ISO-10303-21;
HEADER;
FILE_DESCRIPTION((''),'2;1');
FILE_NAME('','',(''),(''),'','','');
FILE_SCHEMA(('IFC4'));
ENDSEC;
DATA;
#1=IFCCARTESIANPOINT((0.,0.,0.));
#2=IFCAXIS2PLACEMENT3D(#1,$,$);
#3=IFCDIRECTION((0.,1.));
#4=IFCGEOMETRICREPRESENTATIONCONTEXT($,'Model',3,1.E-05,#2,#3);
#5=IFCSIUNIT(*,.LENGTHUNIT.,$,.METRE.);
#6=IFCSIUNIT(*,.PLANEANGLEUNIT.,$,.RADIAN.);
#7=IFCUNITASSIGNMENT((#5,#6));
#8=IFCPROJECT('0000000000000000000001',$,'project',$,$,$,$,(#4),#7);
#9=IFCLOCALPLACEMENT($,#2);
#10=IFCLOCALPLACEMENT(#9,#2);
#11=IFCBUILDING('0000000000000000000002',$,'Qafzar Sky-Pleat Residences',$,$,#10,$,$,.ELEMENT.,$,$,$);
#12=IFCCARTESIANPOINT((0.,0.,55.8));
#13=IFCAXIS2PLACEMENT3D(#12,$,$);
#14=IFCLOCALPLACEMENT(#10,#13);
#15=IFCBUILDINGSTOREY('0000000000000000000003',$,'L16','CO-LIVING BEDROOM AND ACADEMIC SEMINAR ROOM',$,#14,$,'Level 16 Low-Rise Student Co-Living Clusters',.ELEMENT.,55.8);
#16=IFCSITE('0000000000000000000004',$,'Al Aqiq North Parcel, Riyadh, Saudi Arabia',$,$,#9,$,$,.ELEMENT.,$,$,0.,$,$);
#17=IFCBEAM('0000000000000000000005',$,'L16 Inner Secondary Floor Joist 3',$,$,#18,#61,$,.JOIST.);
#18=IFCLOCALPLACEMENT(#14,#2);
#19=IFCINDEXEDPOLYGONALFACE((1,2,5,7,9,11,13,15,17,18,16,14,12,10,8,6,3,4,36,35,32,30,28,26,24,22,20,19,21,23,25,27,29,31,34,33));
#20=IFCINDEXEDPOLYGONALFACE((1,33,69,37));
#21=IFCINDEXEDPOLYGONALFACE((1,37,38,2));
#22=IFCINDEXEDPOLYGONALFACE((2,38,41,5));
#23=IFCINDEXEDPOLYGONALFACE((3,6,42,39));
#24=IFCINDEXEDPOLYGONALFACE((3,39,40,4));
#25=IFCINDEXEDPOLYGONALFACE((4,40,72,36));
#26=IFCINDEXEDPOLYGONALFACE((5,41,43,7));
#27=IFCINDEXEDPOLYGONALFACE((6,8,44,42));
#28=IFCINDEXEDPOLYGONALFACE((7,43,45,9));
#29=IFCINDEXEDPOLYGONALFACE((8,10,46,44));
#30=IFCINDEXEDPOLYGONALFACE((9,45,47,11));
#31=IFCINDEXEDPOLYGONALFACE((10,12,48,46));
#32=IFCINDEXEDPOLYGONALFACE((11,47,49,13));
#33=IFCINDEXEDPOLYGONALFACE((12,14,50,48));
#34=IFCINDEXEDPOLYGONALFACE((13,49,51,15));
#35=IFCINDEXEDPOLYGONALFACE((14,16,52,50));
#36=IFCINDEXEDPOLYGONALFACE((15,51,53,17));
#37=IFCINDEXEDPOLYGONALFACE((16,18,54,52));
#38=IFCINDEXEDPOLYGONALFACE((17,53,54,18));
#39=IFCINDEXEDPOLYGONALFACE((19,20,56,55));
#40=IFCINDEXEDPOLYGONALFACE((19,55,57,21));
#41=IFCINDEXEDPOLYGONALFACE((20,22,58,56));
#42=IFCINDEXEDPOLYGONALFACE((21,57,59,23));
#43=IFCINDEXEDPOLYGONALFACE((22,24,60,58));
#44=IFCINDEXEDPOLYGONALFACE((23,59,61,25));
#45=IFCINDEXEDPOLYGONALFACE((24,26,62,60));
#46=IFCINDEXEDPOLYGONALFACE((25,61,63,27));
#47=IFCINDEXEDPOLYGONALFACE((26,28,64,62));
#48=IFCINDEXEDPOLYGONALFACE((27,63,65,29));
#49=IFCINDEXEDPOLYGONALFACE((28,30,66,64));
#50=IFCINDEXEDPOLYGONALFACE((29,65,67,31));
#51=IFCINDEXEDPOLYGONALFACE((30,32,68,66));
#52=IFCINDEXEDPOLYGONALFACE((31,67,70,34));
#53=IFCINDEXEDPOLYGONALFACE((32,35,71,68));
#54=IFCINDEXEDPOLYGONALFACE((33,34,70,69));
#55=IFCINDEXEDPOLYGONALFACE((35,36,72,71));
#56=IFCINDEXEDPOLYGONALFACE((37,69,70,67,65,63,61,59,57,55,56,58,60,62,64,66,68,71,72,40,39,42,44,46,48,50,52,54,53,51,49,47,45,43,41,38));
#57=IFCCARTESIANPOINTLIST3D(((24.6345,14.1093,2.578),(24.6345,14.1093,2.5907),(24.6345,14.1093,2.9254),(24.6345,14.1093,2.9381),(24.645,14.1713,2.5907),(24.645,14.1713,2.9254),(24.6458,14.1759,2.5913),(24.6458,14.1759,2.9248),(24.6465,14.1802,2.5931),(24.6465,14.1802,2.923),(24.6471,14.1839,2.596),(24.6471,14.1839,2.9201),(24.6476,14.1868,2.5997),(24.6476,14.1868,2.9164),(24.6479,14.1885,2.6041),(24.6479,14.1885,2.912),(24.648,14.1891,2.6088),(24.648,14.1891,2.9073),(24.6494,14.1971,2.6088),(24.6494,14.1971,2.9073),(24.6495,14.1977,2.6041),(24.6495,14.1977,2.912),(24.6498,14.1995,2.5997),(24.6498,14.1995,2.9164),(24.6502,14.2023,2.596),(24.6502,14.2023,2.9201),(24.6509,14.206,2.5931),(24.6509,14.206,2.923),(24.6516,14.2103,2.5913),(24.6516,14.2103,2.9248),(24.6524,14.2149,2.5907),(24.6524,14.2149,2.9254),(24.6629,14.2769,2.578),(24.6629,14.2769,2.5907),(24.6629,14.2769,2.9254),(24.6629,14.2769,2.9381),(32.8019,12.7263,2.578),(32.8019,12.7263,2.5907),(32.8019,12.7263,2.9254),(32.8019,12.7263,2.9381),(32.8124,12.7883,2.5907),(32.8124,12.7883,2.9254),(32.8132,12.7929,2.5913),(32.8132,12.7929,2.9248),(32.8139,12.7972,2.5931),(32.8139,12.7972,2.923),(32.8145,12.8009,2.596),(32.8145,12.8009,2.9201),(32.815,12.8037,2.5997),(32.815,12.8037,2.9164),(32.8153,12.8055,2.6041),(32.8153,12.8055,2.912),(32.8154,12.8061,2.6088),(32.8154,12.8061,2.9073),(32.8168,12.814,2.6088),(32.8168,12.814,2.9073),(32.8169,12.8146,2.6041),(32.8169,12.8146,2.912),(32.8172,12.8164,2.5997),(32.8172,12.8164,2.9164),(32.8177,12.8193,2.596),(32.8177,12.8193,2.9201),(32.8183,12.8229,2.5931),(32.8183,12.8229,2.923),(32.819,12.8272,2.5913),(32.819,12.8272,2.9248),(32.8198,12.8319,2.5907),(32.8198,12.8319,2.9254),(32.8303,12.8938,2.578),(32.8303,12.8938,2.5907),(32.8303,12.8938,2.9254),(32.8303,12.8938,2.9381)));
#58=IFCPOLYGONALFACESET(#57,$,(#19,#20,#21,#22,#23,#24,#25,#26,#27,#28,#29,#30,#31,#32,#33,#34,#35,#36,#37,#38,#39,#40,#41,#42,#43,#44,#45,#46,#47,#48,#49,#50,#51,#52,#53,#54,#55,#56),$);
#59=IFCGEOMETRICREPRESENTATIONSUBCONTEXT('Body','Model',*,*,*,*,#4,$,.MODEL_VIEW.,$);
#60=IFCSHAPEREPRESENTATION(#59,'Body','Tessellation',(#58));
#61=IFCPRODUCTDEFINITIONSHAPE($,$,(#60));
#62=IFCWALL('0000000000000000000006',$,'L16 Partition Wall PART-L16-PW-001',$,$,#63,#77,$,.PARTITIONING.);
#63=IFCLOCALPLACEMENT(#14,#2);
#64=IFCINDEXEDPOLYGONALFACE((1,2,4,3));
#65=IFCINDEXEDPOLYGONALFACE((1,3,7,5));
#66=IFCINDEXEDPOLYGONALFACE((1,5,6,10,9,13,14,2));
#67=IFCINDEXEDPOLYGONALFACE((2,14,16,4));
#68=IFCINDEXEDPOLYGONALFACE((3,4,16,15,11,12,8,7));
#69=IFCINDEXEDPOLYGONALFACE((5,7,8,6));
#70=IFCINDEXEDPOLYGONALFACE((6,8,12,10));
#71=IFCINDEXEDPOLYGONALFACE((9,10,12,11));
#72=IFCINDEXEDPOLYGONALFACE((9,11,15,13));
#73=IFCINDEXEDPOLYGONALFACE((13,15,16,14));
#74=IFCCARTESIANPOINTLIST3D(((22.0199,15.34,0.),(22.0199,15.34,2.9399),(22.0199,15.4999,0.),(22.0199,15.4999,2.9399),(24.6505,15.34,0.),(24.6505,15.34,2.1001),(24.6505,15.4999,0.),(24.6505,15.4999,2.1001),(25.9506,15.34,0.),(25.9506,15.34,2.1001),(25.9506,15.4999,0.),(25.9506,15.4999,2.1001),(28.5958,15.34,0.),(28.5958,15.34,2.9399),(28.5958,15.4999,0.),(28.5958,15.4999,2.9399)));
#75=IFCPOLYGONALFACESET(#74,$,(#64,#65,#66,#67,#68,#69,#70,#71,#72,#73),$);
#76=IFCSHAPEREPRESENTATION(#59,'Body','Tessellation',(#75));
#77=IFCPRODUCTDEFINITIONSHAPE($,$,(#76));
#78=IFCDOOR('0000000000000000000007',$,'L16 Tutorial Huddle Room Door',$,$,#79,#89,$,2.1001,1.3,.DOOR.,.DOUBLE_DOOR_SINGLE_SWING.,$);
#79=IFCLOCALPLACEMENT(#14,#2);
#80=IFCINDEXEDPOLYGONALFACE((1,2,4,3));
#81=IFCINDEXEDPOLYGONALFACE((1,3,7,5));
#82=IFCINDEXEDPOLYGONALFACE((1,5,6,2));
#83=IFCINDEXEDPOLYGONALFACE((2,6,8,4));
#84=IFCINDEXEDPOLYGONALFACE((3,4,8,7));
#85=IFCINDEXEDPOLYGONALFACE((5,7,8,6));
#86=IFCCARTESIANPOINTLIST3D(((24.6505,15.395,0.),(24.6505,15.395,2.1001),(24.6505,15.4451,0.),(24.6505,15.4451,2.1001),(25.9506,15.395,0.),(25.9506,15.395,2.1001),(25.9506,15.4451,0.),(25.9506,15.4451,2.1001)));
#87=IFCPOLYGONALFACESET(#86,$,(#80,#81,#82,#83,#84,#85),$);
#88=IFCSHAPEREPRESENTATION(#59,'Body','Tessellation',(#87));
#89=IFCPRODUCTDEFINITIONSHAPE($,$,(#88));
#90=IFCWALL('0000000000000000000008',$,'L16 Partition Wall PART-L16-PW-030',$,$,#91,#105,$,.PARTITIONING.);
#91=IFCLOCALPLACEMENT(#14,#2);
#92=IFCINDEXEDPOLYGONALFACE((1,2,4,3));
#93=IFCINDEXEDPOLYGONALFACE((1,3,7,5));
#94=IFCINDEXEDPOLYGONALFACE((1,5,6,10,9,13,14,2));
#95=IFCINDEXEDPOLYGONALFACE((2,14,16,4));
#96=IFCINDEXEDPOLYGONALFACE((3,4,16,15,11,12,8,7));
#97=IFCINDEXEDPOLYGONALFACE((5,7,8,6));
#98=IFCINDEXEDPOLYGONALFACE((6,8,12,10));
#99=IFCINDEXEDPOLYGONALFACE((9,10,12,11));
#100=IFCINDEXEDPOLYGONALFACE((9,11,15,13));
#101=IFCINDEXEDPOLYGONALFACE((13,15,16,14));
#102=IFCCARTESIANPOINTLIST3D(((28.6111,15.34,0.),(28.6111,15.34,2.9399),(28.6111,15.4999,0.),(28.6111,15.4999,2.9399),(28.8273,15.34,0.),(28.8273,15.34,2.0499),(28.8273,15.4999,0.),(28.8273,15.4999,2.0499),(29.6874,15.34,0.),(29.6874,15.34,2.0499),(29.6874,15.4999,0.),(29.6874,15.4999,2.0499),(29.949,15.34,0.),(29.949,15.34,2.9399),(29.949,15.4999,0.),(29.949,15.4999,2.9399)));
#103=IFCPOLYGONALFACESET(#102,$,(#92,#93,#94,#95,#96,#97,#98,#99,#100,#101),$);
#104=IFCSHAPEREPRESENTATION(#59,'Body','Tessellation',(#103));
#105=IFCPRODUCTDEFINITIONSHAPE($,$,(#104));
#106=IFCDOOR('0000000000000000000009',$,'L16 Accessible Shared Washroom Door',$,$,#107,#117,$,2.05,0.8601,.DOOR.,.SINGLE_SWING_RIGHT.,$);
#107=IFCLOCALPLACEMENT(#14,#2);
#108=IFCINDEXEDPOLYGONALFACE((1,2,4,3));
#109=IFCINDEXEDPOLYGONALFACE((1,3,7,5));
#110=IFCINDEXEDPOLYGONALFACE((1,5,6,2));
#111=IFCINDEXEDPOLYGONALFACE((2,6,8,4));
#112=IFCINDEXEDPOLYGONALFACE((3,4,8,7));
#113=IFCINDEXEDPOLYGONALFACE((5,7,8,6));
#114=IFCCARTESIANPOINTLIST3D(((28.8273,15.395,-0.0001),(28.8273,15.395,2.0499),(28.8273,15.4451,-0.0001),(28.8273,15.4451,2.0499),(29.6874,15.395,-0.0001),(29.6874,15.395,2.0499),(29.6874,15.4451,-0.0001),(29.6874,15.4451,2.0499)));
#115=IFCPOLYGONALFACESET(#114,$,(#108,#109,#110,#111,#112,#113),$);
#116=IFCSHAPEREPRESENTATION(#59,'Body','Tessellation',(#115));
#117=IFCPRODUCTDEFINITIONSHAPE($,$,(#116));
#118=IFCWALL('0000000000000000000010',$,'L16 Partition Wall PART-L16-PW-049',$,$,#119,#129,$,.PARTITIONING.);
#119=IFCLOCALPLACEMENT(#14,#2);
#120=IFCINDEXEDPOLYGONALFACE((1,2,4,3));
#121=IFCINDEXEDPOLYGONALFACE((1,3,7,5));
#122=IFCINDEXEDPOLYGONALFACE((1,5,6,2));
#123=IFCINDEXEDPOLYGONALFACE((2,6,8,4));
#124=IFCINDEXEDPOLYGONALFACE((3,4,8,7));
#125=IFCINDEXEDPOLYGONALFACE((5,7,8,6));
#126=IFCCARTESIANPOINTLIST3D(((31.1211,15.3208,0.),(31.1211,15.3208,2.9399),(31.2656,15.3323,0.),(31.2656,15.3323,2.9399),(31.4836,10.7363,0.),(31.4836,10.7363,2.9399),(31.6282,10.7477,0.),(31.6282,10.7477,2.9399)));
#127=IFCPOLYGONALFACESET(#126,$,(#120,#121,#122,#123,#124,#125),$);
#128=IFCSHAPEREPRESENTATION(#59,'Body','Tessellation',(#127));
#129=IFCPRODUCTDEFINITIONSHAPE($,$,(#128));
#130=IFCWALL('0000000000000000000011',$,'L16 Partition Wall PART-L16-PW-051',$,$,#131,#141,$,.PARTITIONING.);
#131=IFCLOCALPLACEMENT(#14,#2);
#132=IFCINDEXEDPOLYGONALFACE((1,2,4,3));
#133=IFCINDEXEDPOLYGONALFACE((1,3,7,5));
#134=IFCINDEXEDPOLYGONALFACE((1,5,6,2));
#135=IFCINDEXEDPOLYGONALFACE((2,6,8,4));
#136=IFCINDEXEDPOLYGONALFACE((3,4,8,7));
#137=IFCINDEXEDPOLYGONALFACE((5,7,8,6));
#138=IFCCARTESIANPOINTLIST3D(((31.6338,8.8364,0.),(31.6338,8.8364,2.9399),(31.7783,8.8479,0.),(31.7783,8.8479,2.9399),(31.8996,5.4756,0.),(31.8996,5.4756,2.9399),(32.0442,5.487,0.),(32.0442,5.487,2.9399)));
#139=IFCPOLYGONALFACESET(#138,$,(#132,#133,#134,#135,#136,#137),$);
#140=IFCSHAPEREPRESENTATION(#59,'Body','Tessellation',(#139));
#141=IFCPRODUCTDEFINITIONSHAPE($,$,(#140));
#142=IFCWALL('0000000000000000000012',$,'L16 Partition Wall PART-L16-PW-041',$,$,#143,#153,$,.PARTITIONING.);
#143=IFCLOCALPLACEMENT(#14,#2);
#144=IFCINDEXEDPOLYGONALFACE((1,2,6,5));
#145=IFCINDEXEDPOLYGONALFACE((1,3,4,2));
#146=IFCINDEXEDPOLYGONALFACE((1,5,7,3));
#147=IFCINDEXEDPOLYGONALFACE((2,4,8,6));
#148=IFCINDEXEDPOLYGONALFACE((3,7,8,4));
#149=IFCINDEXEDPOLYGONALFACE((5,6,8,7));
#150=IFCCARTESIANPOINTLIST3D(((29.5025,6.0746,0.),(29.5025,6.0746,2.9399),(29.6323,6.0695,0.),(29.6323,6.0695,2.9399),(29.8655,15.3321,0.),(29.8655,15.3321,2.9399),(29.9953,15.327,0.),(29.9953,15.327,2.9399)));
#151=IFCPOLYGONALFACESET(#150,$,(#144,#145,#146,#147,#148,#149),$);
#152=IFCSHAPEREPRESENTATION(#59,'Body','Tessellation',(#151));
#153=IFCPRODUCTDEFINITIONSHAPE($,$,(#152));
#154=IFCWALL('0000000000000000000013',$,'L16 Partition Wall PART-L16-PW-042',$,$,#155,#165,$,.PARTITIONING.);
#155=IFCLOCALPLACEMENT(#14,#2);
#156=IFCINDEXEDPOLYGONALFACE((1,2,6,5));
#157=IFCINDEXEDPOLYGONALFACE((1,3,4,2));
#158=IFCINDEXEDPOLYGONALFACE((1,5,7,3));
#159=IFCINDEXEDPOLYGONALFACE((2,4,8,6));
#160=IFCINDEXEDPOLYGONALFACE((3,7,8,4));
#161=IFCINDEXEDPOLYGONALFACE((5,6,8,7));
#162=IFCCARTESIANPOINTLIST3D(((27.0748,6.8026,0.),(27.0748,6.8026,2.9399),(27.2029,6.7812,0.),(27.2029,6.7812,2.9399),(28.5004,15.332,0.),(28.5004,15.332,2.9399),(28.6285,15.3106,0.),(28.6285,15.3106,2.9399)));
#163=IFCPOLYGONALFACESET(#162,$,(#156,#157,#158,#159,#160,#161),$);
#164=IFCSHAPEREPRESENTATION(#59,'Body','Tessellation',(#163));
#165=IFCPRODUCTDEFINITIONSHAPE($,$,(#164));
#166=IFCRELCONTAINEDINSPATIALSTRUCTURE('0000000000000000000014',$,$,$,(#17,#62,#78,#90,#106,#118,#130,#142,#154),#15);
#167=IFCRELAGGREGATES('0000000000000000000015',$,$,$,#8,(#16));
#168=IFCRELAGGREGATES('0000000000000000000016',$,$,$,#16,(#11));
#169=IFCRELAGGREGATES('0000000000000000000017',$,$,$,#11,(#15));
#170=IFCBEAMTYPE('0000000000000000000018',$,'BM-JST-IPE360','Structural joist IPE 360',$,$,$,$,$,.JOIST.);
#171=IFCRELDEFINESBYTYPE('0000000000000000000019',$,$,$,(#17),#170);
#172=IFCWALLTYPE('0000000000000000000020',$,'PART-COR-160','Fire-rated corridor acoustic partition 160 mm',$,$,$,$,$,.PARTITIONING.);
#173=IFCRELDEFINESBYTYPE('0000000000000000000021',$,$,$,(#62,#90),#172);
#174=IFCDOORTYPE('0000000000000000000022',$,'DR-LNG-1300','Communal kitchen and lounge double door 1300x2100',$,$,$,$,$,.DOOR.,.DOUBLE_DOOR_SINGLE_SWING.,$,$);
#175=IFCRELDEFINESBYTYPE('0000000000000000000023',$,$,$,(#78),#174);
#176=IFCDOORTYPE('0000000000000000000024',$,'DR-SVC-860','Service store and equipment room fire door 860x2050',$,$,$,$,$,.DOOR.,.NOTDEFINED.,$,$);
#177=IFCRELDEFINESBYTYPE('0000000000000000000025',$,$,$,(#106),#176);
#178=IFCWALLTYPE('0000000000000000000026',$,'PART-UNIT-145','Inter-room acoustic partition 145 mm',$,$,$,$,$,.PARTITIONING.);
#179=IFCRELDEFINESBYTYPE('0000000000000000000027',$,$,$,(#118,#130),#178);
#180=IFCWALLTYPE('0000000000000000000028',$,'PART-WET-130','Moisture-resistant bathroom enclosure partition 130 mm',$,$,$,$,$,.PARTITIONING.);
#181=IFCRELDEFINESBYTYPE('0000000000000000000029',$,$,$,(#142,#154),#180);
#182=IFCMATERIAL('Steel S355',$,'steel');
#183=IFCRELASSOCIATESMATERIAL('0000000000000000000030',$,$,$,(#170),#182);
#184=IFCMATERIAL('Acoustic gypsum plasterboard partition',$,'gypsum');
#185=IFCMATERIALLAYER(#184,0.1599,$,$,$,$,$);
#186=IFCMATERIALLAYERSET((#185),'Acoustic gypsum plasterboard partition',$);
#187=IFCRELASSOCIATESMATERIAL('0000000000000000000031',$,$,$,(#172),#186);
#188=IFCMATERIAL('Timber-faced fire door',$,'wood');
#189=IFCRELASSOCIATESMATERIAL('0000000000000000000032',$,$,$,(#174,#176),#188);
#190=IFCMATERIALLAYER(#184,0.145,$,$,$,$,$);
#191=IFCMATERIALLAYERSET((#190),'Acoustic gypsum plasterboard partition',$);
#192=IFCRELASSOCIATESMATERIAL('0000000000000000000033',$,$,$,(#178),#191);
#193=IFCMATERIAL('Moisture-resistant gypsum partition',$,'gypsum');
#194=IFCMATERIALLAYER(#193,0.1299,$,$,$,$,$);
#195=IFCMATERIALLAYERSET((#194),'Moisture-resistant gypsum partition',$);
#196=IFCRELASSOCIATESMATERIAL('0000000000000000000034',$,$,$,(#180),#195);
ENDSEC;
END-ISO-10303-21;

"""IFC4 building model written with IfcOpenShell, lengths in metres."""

from ifc_helpers import new_model, si_unit, direction, frame, frame_2d, origin, origin_2d, place, context, subcontext, project, spatial, rectangle, i_section, extrude, source, transform, mapped, material, layer, layer_set, material_profile, profile_set, type_object, element, fill, save


model = new_model("IFC4")

# Units and contexts
model_context = context("Model", 3, precision=1e-05, world=origin(), true_north=direction((0.0, 1.0)))
body_context = subcontext(model_context, "Body", "Model", "MODEL_VIEW")
ifc_project = project(units=[si_unit("LENGTHUNIT", "METRE"), si_unit("PLANEANGLEUNIT", "RADIAN")], contexts=[model_context])

# Site, building, storey
site_placement = place(None, origin())
site = spatial("IfcSite", under=ifc_project, at=site_placement, Name="Al Aqiq North Parcel, Riyadh, Saudi Arabia", CompositionType="ELEMENT", RefElevation=0.0)
building_placement = place(site_placement, origin())
building = spatial("IfcBuilding", under=site, at=building_placement, Name="Qafzar Sky-Pleat Residences", CompositionType="ELEMENT")
storey_placement = place(building_placement, frame((0.0, 0.0, 55.8)))
storey = spatial("IfcBuildingStorey", under=building, at=storey_placement, Name="L16", Description="CO-LIVING BEDROOM AND ACADEMIC SEMINAR ROOM", LongName="Level 16 Low-Rise Student Co-Living Clusters", CompositionType="ELEMENT", Elevation=55.8)

# Beam
ifc_material_1 = material(Name="Steel S355", Category="steel")
ifc_material_profile_1 = material_profile(ifc_material_1, i_section(OverallWidth=0.1699, OverallDepth=0.3601, WebThickness=0.0081, FlangeThickness=0.0127, FilletRadius=0.0181, at=origin_2d()), Name="IPE 360")
ifc_profile_set_1 = profile_set([ifc_material_profile_1], Name="Steel S355")
beam_type_1 = type_object("IfcBeamType", Name="BM-JST-IPE360", Description="Structural joist IPE 360", PredefinedType="JOIST", material=ifc_profile_set_1)
shared_shape_1 = source(origin(), body_context, "Body", "SweptSolid", [
    extrude(i_section(OverallWidth=0.1699, OverallDepth=0.3601, WebThickness=0.0081, FlangeThickness=0.0127, FilletRadius=0.0181, at=origin_2d()), origin(), (0.0, 0.0, 1.0), 8.2837),
])
beam_1_placement = place(storey_placement, frame((24.6487, 14.1931, 2.7581), z_axis=(0.985964, -0.16696, 0.0), x_axis=(0.16696, 0.985964, 0.0)))
element("IfcBeam", 1, at=beam_1_placement, inside=storey, type_object=beam_type_1, Name="L16 Inner Secondary Floor Joist 3", PredefinedType="JOIST", context=body_context, shape_type="MappedRepresentation", body=[
    mapped(shared_shape_1, transform((0.0, 0.0, 0.0), x_axis=(1.0, 0.0, 0.0), y_axis=(0.0, 1.0, 0.0), z_axis=(0.0, 0.0, 1.0), scale=1.0)),
])

# Walls, openings, doors
ifc_material_2 = material(Name="Acoustic gypsum plasterboard partition", Category="gypsum")
ifc_layer_1 = layer(ifc_material_2, 0.1599)
ifc_layer_set_1 = layer_set([ifc_layer_1], Name="Acoustic gypsum plasterboard partition")
wall_type_1 = type_object("IfcWallType", Name="PART-COR-160", Description="Fire-rated corridor acoustic partition 160 mm", PredefinedType="PARTITIONING", material=ifc_layer_set_1)
wall_1_placement = place(storey_placement, frame((28.5959, 15.4199, 0.0), z_axis=(0.0, 0.0, 1.0), x_axis=(-1.0, 0.0, 0.0)))
wall_1 = element("IfcWall", 2, at=wall_1_placement, inside=storey, type_object=wall_type_1, Name="L16 Partition Wall PART-L16-PW-001", PredefinedType="PARTITIONING", context=body_context, shape_type="SweptSolid", body=[
    extrude(rectangle(XDim=6.5759, YDim=0.1599, at=frame_2d((3.2881, 0.0))), origin(), (0.0, 0.0, 1.0), 2.9399),
])
opening_1_placement = place(wall_1_placement, frame((2.6455, 0.0, 0.0)))
opening_1 = element("IfcOpeningElement", 3, at=opening_1_placement, cuts=wall_1, PredefinedType="OPENING", context=body_context, shape_type="SweptSolid", body=[
    extrude(rectangle(XDim=1.3, YDim=2.1001, at=frame_2d((0.6499, 1.05))), frame((0.0, 0.0898, 0.0), z_axis=(0.0, -1.0, 0.0), x_axis=(1.0, 0.0, 0.0)), (0.0, 0.0, 1.0), 0.1799),
])
ifc_material_3 = material(Name="Timber-faced fire door", Category="wood")
door_type_1 = type_object("IfcDoorType", Name="DR-LNG-1300", Description="Communal kitchen and lounge double door 1300x2100", OperationType="DOUBLE_DOOR_SINGLE_SWING", PredefinedType="DOOR", material=ifc_material_3)
shared_shape_2 = source(origin(), body_context, "Body", "SweptSolid", [
    extrude(rectangle(XDim=1.3, YDim=2.1001, at=frame_2d((0.6499, 1.05))), frame((0.0, 0.0249, 0.0), z_axis=(0.0, -1.0, 0.0), x_axis=(1.0, 0.0, 0.0)), (0.0, 0.0, 1.0), 0.05),
])
door_1_placement = place(opening_1_placement, origin())
door_1 = element("IfcDoor", 4, at=door_1_placement, inside=storey, type_object=door_type_1, Name="L16 Tutorial Huddle Room Door", OperationType="DOUBLE_DOOR_SINGLE_SWING", OverallHeight=2.1001, OverallWidth=1.3, PredefinedType="DOOR", context=body_context, shape_type="MappedRepresentation", body=[
    mapped(shared_shape_2, transform((0.0, 0.0, 0.0), x_axis=(1.0, 0.0, 0.0), y_axis=(0.0, 1.0, 0.0), z_axis=(0.0, 0.0, 1.0), scale=1.0)),
])
fill(opening_1, door_1)
wall_2_placement = place(storey_placement, frame((29.949, 15.4199, 0.0), z_axis=(0.0, 0.0, 1.0), x_axis=(-1.0, 0.0, 0.0)))
wall_2 = element("IfcWall", 5, at=wall_2_placement, inside=storey, type_object=wall_type_1, Name="L16 Partition Wall PART-L16-PW-030", PredefinedType="PARTITIONING", context=body_context, shape_type="SweptSolid", body=[
    extrude(rectangle(XDim=1.3379, YDim=0.1599, at=frame_2d((0.6689, 0.0))), origin(), (0.0, 0.0, 1.0), 2.9399),
])
opening_2_placement = place(wall_2_placement, frame((0.2615, 0.0, 0.0)))
opening_2 = element("IfcOpeningElement", 6, at=opening_2_placement, cuts=wall_2, PredefinedType="OPENING", context=body_context, shape_type="SweptSolid", body=[
    extrude(rectangle(XDim=0.8601, YDim=2.05, at=frame_2d((0.4302, 1.0249))), frame((0.0, 0.0898, 0.0), z_axis=(0.0, -1.0, 0.0), x_axis=(1.0, 0.0, 0.0)), (0.0, 0.0, 1.0), 0.1799),
])
door_type_2 = type_object("IfcDoorType", Name="DR-SVC-860", Description="Service store and equipment room fire door 860x2050", OperationType="NOTDEFINED", PredefinedType="DOOR", material=ifc_material_3)
shared_shape_3 = source(origin(), body_context, "Body", "SweptSolid", [
    extrude(rectangle(XDim=0.8601, YDim=2.05, at=frame_2d((0.4302, 1.0249))), frame((0.0, 0.0249, 0.0), z_axis=(0.0, -1.0, 0.0), x_axis=(1.0, 0.0, 0.0)), (0.0, 0.0, 1.0), 0.05),
])
door_2_placement = place(opening_2_placement, origin())
door_2 = element("IfcDoor", 7, at=door_2_placement, inside=storey, type_object=door_type_2, Name="L16 Accessible Shared Washroom Door", OperationType="SINGLE_SWING_RIGHT", OverallHeight=2.05, OverallWidth=0.8601, PredefinedType="DOOR", context=body_context, shape_type="MappedRepresentation", body=[
    mapped(shared_shape_3, transform((0.0, 0.0, 0.0), x_axis=(1.0, 0.0, 0.0), y_axis=(0.0, 1.0, 0.0), z_axis=(0.0, 0.0, 1.0), scale=1.0)),
])
fill(opening_2, door_2)

# Walls
ifc_layer_2 = layer(ifc_material_2, 0.145)
ifc_layer_set_2 = layer_set([ifc_layer_2], Name="Acoustic gypsum plasterboard partition")
wall_type_2 = type_object("IfcWallType", Name="PART-UNIT-145", Description="Inter-room acoustic partition 145 mm", PredefinedType="PARTITIONING", material=ifc_layer_set_2)
wall_3_placement = place(storey_placement, frame((31.1934, 15.3264, 0.0), z_axis=(0.0, 0.0, 1.0), x_axis=(0.078836, -0.996888, 0.0)))
element("IfcWall", 8, at=wall_3_placement, inside=storey, type_object=wall_type_2, Name="L16 Partition Wall PART-L16-PW-049", PredefinedType="PARTITIONING", context=body_context, shape_type="SweptSolid", body=[
    extrude(rectangle(XDim=4.5989, YDim=0.145, at=frame_2d((2.2993, 0.0))), origin(), (0.0, 0.0, 1.0), 2.9399),
])
wall_4_placement = place(storey_placement, frame((31.7061, 8.842, 0.0), z_axis=(0.0, 0.0, 1.0), x_axis=(0.078862, -0.996886, 0.0)))
element("IfcWall", 9, at=wall_4_placement, inside=storey, type_object=wall_type_2, Name="L16 Partition Wall PART-L16-PW-051", PredefinedType="PARTITIONING", context=body_context, shape_type="SweptSolid", body=[
    extrude(rectangle(XDim=3.3713, YDim=0.145, at=frame_2d((1.6855, 0.0))), origin(), (0.0, 0.0, 1.0), 2.9399),
])
ifc_material_4 = material(Name="Moisture-resistant gypsum partition", Category="gypsum")
ifc_layer_3 = layer(ifc_material_4, 0.1299)
ifc_layer_set_3 = layer_set([ifc_layer_3], Name="Moisture-resistant gypsum partition")
wall_type_3 = type_object("IfcWallType", Name="PART-WET-130", Description="Moisture-resistant bathroom enclosure partition 130 mm", PredefinedType="PARTITIONING", material=ifc_layer_set_3)
wall_5_placement = place(storey_placement, frame((29.5674, 6.072, 0.0), z_axis=(0.0, 0.0, 1.0), x_axis=(0.039185, 0.999232, 0.0)))
element("IfcWall", 10, at=wall_5_placement, inside=storey, type_object=wall_type_3, Name="L16 Partition Wall PART-L16-PW-041", PredefinedType="PARTITIONING", context=body_context, shape_type="SweptSolid", body=[
    extrude(rectangle(XDim=9.2646, YDim=0.1299, at=frame_2d((4.6323, 0.0))), origin(), (0.0, 0.0, 1.0), 2.9399),
])
wall_6_placement = place(storey_placement, frame((27.1389, 6.792, 0.0), z_axis=(0.0, 0.0, 1.0), x_axis=(0.164848, 0.986319, 0.0)))
element("IfcWall", 11, at=wall_6_placement, inside=storey, type_object=wall_type_3, Name="L16 Partition Wall PART-L16-PW-042", PredefinedType="PARTITIONING", context=body_context, shape_type="SweptSolid", body=[
    extrude(rectangle(XDim=8.6477, YDim=0.1299, at=frame_2d((4.3237, 0.0))), origin(), (0.0, 0.0, 1.0), 2.9399),
])

save(model, "model.ifc")
